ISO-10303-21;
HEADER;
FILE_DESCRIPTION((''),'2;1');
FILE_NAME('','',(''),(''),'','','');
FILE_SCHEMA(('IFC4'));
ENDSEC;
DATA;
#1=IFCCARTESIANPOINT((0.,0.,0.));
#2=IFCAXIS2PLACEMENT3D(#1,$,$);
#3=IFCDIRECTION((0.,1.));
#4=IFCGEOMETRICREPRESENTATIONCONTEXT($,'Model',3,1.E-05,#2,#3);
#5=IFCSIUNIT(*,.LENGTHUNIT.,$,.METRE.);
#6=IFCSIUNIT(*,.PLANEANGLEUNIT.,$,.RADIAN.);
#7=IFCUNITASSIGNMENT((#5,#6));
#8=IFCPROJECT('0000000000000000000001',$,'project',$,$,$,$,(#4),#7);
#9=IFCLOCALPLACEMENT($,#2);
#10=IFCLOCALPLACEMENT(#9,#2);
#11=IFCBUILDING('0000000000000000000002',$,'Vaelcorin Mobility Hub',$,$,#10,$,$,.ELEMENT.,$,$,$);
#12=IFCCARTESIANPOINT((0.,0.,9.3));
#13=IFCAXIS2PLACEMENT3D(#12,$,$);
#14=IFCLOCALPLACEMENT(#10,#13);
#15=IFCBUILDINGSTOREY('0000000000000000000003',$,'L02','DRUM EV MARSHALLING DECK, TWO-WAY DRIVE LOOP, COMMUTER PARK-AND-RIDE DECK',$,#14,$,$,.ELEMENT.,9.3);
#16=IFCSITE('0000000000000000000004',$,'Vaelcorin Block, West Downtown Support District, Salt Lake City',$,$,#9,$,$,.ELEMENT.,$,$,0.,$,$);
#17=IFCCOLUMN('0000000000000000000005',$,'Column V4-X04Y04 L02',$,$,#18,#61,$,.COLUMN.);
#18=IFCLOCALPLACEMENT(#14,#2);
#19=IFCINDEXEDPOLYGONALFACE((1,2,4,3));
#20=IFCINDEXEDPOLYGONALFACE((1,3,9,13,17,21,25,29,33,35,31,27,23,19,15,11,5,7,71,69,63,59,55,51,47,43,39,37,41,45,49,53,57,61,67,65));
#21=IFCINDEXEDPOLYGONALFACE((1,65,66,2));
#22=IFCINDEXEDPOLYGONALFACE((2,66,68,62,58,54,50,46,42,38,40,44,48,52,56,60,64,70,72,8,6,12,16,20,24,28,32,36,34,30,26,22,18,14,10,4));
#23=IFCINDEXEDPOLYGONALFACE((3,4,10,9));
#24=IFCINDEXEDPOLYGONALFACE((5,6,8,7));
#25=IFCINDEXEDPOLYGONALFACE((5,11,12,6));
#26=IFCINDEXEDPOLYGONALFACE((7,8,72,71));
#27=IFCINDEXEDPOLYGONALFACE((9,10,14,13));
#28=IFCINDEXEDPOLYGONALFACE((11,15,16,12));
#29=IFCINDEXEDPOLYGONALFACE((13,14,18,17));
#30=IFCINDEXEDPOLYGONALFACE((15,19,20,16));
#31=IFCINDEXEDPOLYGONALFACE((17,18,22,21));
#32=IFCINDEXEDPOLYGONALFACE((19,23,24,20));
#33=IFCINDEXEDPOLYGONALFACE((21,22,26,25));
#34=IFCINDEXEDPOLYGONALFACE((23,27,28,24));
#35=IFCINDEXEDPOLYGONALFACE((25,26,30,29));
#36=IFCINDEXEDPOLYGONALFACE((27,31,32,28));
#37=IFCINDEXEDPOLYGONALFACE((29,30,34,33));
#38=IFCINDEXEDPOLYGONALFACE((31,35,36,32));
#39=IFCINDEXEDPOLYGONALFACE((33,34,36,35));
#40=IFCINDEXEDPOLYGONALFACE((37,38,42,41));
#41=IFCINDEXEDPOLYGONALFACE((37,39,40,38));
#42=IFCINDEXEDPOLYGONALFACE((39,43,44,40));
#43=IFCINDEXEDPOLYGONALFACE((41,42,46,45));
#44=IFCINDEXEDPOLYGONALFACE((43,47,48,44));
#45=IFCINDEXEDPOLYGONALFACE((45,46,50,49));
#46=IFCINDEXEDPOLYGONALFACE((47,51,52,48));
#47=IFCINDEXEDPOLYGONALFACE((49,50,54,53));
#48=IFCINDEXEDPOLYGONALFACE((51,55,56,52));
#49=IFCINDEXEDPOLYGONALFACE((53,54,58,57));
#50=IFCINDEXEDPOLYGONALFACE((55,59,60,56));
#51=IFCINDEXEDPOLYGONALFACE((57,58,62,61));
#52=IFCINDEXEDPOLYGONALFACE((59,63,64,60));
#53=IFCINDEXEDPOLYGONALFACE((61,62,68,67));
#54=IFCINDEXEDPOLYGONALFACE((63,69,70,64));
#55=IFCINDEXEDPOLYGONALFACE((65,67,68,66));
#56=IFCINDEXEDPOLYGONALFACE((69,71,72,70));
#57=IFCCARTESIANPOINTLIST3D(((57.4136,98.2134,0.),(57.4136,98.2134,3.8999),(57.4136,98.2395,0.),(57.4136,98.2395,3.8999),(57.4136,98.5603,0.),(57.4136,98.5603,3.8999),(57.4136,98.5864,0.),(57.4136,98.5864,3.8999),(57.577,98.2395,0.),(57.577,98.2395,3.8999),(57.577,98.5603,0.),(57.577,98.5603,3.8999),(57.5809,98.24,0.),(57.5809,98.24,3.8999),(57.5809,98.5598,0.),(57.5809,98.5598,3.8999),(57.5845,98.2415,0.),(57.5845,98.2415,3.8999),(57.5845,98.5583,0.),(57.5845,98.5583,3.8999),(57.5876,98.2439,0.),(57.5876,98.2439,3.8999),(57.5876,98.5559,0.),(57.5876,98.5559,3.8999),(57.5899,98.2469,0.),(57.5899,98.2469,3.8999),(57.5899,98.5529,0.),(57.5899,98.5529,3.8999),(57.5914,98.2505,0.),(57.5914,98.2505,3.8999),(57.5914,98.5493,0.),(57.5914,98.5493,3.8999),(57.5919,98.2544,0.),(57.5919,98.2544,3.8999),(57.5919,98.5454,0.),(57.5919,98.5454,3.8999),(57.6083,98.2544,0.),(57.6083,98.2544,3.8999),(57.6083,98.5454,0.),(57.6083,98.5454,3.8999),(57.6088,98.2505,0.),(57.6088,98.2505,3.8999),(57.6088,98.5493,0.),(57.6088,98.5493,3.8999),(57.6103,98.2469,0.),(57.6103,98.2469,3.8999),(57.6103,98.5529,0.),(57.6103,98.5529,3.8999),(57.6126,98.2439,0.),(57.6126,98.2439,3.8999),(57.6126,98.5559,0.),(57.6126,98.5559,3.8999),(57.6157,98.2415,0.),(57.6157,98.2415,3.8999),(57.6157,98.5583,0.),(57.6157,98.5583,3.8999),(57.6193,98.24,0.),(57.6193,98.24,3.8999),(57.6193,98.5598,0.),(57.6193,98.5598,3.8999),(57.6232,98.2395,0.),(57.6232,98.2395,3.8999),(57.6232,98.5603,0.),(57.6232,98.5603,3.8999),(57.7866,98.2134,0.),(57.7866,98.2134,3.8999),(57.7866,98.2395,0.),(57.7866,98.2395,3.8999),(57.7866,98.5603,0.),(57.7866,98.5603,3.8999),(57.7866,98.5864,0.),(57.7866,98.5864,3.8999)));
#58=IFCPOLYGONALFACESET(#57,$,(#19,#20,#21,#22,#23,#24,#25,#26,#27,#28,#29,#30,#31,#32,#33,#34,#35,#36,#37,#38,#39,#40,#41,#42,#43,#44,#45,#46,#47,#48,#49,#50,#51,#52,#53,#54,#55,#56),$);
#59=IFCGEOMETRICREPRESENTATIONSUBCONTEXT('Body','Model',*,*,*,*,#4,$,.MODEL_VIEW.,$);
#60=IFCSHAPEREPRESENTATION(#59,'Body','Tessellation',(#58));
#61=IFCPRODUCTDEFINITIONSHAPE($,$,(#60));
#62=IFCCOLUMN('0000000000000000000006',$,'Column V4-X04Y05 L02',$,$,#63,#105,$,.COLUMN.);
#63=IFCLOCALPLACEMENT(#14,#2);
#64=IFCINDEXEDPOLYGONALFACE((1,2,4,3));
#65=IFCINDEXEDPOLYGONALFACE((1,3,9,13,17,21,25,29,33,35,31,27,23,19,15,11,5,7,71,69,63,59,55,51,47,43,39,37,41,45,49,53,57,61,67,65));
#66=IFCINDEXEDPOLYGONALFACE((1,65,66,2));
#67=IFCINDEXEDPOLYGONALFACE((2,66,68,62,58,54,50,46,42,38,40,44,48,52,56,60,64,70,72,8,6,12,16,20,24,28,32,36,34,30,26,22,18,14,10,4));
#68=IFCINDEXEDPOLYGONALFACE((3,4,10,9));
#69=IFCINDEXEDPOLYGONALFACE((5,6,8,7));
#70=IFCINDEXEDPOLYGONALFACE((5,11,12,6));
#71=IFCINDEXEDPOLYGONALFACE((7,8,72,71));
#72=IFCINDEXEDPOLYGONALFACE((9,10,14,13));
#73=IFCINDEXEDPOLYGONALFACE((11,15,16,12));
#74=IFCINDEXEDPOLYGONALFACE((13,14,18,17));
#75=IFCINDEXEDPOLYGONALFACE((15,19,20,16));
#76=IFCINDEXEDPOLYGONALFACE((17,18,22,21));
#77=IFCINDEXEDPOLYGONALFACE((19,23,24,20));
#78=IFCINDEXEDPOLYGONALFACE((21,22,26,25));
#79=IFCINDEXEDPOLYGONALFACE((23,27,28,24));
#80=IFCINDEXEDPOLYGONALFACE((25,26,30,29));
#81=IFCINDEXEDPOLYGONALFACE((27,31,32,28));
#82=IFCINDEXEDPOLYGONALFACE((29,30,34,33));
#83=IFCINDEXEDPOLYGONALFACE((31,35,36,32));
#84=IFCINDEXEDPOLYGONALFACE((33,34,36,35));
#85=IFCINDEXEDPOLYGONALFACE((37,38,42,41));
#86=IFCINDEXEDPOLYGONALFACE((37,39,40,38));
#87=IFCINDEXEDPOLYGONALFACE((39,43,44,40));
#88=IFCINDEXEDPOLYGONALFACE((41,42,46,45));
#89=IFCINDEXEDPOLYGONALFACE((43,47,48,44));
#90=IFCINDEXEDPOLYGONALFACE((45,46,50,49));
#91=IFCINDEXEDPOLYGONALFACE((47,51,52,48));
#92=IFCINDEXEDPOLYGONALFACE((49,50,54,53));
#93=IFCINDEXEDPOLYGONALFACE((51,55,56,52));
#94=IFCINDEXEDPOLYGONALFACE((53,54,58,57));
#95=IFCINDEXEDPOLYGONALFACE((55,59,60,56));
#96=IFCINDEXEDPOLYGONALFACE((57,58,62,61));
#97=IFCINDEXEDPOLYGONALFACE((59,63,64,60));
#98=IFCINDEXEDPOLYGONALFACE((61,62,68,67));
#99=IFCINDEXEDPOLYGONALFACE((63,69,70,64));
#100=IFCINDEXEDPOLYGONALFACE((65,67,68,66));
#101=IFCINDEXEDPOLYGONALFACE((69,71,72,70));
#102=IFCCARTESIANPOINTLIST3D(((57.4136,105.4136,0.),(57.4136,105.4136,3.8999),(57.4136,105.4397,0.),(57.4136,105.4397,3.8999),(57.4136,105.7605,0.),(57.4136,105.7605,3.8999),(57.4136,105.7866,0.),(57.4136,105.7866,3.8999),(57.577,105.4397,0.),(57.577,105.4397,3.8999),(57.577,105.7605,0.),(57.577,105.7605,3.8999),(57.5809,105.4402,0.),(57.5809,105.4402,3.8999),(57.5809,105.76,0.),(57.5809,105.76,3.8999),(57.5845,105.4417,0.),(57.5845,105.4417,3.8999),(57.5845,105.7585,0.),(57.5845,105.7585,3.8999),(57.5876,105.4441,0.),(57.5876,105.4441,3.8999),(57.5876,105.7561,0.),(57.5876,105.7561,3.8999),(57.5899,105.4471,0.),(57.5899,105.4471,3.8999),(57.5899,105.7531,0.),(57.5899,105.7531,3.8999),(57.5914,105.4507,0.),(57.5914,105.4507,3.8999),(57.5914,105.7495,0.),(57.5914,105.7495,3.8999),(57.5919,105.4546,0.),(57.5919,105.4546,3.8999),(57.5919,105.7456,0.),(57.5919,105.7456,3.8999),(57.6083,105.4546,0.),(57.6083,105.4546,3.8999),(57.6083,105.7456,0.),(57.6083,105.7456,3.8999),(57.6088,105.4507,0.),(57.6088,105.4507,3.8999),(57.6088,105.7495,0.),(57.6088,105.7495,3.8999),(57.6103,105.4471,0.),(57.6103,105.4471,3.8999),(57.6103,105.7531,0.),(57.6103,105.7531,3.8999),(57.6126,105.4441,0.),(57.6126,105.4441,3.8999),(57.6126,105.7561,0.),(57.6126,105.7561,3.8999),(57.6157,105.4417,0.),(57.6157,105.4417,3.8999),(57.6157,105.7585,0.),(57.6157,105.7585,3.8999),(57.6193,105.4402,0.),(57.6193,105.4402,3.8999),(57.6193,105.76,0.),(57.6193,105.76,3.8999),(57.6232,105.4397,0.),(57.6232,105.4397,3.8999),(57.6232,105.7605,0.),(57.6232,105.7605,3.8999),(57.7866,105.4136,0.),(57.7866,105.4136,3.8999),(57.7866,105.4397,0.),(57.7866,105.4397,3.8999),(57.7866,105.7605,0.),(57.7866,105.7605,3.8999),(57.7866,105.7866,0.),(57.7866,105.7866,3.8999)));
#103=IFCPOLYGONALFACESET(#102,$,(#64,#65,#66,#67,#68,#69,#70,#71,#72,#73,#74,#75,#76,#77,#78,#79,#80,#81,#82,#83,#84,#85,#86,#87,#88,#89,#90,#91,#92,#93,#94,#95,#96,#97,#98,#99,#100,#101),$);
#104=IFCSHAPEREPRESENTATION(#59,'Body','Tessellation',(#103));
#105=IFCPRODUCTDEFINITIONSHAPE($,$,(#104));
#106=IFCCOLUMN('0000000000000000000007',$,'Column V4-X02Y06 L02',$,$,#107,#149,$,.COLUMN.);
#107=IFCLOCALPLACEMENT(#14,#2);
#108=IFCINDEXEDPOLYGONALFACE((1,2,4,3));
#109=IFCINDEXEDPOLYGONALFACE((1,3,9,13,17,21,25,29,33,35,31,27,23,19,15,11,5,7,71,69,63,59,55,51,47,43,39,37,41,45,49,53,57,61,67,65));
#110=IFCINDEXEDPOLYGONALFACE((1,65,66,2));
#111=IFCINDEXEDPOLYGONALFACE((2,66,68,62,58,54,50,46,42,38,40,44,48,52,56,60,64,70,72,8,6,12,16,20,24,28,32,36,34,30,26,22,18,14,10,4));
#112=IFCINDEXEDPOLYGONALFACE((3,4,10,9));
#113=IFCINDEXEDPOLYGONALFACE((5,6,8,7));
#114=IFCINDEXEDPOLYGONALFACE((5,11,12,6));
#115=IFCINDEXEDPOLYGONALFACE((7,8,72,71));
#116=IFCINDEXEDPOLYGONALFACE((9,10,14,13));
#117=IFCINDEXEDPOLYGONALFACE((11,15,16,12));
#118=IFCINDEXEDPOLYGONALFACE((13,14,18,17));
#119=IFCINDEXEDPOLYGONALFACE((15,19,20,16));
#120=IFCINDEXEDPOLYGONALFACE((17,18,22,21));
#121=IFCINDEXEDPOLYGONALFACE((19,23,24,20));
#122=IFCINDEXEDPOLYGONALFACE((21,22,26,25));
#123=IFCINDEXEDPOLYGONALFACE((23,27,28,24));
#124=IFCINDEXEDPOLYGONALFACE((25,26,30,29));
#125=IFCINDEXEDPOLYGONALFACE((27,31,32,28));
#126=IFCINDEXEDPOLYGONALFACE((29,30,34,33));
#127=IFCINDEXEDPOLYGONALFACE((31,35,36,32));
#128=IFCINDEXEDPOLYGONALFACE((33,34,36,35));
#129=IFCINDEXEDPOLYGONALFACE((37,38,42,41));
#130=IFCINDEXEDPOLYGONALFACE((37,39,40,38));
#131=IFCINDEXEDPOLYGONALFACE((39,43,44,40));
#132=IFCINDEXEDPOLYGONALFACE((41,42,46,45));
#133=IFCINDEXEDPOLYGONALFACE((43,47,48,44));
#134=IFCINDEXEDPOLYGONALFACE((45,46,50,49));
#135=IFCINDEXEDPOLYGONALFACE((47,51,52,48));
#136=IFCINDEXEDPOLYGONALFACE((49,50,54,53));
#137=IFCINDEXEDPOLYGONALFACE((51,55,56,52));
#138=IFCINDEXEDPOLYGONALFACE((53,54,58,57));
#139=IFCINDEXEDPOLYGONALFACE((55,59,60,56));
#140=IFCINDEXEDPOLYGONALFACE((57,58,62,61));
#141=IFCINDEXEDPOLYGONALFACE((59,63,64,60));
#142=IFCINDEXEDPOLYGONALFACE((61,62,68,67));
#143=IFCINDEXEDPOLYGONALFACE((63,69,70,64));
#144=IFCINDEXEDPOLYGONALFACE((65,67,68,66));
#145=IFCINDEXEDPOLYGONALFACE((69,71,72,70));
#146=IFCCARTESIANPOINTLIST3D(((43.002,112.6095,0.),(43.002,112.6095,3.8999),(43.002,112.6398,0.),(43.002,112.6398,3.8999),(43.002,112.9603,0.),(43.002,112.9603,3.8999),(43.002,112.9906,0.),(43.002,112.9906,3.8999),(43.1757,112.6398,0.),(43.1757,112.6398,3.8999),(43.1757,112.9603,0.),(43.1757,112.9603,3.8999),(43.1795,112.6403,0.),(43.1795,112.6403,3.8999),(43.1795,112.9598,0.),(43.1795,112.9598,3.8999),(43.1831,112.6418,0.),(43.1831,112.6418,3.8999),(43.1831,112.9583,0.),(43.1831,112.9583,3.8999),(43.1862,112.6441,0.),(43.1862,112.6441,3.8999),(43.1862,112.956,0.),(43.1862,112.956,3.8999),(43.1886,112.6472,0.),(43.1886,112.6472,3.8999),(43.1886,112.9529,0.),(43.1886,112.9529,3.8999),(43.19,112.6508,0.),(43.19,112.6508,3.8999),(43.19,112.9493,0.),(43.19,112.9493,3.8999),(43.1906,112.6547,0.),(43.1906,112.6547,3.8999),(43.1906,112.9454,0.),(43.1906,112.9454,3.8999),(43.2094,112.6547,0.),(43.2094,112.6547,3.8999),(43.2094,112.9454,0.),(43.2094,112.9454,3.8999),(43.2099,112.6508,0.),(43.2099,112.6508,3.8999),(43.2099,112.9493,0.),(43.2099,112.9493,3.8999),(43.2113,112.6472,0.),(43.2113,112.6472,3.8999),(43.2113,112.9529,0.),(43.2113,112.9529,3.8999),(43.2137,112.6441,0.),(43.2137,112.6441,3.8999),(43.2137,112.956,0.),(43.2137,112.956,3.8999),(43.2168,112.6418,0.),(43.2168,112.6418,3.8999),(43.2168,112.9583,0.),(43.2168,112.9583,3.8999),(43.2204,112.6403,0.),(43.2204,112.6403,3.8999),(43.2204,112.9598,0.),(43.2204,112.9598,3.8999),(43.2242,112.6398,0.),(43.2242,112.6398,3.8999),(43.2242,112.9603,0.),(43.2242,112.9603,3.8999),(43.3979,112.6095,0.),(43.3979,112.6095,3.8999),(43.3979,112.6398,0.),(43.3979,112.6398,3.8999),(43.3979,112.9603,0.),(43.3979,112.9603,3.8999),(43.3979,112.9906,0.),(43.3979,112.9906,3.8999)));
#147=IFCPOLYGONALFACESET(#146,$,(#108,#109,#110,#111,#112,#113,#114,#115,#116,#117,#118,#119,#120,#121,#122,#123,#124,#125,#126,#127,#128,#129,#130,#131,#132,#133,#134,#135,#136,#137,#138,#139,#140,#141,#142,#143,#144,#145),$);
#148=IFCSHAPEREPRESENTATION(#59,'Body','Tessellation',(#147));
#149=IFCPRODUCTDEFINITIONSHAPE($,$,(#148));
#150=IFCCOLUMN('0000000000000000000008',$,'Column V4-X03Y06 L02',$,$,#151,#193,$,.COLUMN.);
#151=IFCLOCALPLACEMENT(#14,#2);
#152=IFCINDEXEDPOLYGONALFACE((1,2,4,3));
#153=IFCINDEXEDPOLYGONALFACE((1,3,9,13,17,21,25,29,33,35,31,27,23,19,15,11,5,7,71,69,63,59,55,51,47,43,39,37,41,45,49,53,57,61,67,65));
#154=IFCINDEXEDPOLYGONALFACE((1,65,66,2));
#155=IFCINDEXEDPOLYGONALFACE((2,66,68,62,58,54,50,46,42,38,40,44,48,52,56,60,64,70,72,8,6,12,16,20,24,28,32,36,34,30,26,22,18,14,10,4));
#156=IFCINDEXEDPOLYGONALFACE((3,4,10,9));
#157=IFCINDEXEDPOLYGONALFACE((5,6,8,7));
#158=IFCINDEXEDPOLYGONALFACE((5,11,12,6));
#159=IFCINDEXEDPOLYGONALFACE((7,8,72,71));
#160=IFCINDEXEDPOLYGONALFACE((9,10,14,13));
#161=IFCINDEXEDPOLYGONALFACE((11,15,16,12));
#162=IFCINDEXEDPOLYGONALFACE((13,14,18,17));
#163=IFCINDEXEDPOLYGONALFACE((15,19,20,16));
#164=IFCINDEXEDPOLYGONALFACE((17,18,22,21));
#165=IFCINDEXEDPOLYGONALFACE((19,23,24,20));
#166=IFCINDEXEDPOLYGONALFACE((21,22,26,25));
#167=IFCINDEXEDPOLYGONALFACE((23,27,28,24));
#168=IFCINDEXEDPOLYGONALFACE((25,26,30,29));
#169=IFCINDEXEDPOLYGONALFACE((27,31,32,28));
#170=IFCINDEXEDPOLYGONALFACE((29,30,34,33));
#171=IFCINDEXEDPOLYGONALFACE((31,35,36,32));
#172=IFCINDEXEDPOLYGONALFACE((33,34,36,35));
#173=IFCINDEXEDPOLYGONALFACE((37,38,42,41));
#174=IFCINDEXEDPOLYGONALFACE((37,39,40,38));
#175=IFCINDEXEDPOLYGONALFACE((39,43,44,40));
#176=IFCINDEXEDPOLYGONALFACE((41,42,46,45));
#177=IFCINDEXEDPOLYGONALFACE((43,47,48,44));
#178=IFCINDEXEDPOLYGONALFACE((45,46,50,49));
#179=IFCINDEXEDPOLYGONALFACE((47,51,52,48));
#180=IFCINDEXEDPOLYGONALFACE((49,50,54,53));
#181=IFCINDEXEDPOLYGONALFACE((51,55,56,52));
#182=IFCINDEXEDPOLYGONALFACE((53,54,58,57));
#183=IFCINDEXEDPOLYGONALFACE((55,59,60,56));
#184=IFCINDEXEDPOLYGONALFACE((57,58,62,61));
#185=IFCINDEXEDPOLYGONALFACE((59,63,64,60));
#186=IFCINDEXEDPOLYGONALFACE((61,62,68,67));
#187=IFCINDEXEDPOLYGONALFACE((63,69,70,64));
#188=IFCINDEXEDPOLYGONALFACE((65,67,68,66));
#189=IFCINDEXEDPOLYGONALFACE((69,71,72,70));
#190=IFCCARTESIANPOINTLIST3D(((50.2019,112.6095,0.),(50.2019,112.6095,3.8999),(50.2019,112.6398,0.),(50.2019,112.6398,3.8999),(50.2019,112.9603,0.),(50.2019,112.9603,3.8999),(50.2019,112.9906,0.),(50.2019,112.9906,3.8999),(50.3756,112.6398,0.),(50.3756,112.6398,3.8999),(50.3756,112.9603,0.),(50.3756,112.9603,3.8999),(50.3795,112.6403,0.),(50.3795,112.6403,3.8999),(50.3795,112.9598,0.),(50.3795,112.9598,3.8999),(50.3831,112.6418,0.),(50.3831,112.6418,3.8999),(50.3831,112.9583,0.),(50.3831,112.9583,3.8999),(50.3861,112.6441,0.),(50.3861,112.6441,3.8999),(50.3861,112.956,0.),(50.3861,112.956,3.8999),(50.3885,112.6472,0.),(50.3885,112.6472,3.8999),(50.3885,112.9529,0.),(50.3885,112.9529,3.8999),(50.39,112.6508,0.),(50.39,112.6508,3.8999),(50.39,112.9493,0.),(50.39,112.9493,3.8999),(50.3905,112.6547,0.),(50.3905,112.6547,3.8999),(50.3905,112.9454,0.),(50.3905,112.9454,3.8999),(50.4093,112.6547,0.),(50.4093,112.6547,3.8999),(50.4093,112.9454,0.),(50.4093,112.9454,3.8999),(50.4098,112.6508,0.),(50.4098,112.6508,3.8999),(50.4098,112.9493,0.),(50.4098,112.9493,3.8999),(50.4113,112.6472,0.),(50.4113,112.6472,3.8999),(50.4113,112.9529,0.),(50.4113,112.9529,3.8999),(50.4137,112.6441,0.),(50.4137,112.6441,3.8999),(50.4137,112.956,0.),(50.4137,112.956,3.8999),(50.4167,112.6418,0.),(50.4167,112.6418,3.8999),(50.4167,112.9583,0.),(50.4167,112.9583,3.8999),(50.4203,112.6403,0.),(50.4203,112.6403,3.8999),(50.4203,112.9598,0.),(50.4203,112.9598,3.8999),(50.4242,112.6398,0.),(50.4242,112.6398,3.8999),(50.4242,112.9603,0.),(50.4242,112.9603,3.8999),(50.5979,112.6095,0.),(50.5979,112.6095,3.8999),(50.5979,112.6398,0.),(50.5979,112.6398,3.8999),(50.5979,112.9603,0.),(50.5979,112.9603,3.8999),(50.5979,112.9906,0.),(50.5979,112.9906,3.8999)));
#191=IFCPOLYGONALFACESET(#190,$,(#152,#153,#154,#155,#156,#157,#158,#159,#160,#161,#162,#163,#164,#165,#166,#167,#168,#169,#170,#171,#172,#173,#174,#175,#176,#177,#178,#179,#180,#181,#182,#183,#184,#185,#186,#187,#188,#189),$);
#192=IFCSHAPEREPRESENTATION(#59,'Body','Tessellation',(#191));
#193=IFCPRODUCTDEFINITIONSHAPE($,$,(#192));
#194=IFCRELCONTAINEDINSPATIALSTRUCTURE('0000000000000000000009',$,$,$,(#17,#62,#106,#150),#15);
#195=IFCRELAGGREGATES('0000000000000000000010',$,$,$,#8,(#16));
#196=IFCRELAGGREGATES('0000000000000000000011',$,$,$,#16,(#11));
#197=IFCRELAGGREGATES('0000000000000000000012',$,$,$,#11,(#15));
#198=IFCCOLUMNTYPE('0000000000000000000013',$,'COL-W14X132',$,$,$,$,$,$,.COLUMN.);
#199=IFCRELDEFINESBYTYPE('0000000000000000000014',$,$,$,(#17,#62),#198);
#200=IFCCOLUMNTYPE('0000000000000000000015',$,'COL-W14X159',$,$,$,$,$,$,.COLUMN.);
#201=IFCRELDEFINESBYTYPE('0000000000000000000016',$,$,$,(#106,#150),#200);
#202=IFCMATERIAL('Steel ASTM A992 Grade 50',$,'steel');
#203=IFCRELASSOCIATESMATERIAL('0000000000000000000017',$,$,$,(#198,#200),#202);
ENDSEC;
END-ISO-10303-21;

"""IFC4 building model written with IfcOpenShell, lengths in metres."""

from ifc_helpers import new_model, si_unit, direction, frame, origin, origin_2d, place, context, subcontext, project, spatial, i_section, extrude, material, material_profile, profile_set, type_object, element, save


model = new_model("IFC4")

# Units and contexts
model_context = context("Model", 3, precision=1e-05, world=origin(), true_north=direction((0.0, 1.0)))
body_context = subcontext(model_context, "Body", "Model", "MODEL_VIEW")
ifc_project = project(units=[si_unit("LENGTHUNIT", "METRE"), si_unit("PLANEANGLEUNIT", "RADIAN")], contexts=[model_context])

# Site, building, storey
site_placement = place(None, origin())
site = spatial("IfcSite", under=ifc_project, at=site_placement, Name="Vaelcorin Block, West Downtown Support District, Salt Lake City", CompositionType="ELEMENT", RefElevation=0.0)
building_placement = place(site_placement, origin())
building = spatial("IfcBuilding", under=site, at=building_placement, Name="Vaelcorin Mobility Hub", CompositionType="ELEMENT")
storey_placement = place(building_placement, frame((0.0, 0.0, 9.3)))
storey = spatial("IfcBuildingStorey", under=building, at=storey_placement, Name="L02", Description="DRUM EV MARSHALLING DECK, TWO-WAY DRIVE LOOP, COMMUTER PARK-AND-RIDE DECK", CompositionType="ELEMENT", Elevation=9.3)

# Columns
ifc_material_1 = material(Name="Steel ASTM A992 Grade 50", Category="steel")
ifc_material_profile_1 = material_profile(ifc_material_1, i_section(OverallWidth=0.373, OverallDepth=0.373, WebThickness=0.0164, FlangeThickness=0.0261, FilletRadius=0.0149, at=origin_2d()), Name="W14X132")
ifc_profile_set_1 = profile_set([ifc_material_profile_1], Name="Steel ASTM A992 Grade 50")
column_type_1 = type_object("IfcColumnType", Name="COL-W14X132", PredefinedType="COLUMN", material=ifc_profile_set_1)
for number, where, z_axis, x_axis, name in (
    (1, (57.6001, 98.3999, 0.0), (0.0, 0.0, 1.0), (1.0, 0.0, 0.0), "Column V4-X04Y04 L02"),
    (2, (57.6001, 105.6001, 0.0), (0.0, 0.0, 1.0), (1.0, 0.0, 0.0), "Column V4-X04Y05 L02"),
):
    element("IfcColumn", number, at=place(storey_placement, frame(where, z_axis=z_axis, x_axis=x_axis)), inside=storey, type_object=column_type_1, Name=name, PredefinedType="COLUMN", context=body_context, shape_type="SweptSolid", body=[
        extrude(i_section(OverallWidth=0.373, OverallDepth=0.373, WebThickness=0.0164, FlangeThickness=0.0261, FilletRadius=0.0149, at=origin_2d()), origin(), (0.0, 0.0, 1.0), 3.8999),
    ])
ifc_material_profile_2 = material_profile(ifc_material_1, i_section(OverallWidth=0.396, OverallDepth=0.3811, WebThickness=0.0188, FlangeThickness=0.0303, FilletRadius=0.0149, at=origin_2d()), Name="W14X159")
ifc_profile_set_2 = profile_set([ifc_material_profile_2], Name="Steel ASTM A992 Grade 50")
column_type_2 = type_object("IfcColumnType", Name="COL-W14X159", PredefinedType="COLUMN", material=ifc_profile_set_2)
for number, where, z_axis, x_axis, name in (
    (3, (43.2, 112.8, 0.0), (0.0, 0.0, 1.0), (1.0, 0.0, 0.0), "Column V4-X02Y06 L02"),
    (4, (50.3999, 112.8, 0.0), (0.0, 0.0, 1.0), (1.0, 0.0, 0.0), "Column V4-X03Y06 L02"),
):
    element("IfcColumn", number, at=place(storey_placement, frame(where, z_axis=z_axis, x_axis=x_axis)), inside=storey, type_object=column_type_2, Name=name, PredefinedType="COLUMN", context=body_context, shape_type="SweptSolid", body=[
        extrude(i_section(OverallWidth=0.396, OverallDepth=0.3811, WebThickness=0.0188, FlangeThickness=0.0303, FilletRadius=0.0149, at=origin_2d()), origin(), (0.0, 0.0, 1.0), 3.8999),
    ])

save(model, "model.ifc")
